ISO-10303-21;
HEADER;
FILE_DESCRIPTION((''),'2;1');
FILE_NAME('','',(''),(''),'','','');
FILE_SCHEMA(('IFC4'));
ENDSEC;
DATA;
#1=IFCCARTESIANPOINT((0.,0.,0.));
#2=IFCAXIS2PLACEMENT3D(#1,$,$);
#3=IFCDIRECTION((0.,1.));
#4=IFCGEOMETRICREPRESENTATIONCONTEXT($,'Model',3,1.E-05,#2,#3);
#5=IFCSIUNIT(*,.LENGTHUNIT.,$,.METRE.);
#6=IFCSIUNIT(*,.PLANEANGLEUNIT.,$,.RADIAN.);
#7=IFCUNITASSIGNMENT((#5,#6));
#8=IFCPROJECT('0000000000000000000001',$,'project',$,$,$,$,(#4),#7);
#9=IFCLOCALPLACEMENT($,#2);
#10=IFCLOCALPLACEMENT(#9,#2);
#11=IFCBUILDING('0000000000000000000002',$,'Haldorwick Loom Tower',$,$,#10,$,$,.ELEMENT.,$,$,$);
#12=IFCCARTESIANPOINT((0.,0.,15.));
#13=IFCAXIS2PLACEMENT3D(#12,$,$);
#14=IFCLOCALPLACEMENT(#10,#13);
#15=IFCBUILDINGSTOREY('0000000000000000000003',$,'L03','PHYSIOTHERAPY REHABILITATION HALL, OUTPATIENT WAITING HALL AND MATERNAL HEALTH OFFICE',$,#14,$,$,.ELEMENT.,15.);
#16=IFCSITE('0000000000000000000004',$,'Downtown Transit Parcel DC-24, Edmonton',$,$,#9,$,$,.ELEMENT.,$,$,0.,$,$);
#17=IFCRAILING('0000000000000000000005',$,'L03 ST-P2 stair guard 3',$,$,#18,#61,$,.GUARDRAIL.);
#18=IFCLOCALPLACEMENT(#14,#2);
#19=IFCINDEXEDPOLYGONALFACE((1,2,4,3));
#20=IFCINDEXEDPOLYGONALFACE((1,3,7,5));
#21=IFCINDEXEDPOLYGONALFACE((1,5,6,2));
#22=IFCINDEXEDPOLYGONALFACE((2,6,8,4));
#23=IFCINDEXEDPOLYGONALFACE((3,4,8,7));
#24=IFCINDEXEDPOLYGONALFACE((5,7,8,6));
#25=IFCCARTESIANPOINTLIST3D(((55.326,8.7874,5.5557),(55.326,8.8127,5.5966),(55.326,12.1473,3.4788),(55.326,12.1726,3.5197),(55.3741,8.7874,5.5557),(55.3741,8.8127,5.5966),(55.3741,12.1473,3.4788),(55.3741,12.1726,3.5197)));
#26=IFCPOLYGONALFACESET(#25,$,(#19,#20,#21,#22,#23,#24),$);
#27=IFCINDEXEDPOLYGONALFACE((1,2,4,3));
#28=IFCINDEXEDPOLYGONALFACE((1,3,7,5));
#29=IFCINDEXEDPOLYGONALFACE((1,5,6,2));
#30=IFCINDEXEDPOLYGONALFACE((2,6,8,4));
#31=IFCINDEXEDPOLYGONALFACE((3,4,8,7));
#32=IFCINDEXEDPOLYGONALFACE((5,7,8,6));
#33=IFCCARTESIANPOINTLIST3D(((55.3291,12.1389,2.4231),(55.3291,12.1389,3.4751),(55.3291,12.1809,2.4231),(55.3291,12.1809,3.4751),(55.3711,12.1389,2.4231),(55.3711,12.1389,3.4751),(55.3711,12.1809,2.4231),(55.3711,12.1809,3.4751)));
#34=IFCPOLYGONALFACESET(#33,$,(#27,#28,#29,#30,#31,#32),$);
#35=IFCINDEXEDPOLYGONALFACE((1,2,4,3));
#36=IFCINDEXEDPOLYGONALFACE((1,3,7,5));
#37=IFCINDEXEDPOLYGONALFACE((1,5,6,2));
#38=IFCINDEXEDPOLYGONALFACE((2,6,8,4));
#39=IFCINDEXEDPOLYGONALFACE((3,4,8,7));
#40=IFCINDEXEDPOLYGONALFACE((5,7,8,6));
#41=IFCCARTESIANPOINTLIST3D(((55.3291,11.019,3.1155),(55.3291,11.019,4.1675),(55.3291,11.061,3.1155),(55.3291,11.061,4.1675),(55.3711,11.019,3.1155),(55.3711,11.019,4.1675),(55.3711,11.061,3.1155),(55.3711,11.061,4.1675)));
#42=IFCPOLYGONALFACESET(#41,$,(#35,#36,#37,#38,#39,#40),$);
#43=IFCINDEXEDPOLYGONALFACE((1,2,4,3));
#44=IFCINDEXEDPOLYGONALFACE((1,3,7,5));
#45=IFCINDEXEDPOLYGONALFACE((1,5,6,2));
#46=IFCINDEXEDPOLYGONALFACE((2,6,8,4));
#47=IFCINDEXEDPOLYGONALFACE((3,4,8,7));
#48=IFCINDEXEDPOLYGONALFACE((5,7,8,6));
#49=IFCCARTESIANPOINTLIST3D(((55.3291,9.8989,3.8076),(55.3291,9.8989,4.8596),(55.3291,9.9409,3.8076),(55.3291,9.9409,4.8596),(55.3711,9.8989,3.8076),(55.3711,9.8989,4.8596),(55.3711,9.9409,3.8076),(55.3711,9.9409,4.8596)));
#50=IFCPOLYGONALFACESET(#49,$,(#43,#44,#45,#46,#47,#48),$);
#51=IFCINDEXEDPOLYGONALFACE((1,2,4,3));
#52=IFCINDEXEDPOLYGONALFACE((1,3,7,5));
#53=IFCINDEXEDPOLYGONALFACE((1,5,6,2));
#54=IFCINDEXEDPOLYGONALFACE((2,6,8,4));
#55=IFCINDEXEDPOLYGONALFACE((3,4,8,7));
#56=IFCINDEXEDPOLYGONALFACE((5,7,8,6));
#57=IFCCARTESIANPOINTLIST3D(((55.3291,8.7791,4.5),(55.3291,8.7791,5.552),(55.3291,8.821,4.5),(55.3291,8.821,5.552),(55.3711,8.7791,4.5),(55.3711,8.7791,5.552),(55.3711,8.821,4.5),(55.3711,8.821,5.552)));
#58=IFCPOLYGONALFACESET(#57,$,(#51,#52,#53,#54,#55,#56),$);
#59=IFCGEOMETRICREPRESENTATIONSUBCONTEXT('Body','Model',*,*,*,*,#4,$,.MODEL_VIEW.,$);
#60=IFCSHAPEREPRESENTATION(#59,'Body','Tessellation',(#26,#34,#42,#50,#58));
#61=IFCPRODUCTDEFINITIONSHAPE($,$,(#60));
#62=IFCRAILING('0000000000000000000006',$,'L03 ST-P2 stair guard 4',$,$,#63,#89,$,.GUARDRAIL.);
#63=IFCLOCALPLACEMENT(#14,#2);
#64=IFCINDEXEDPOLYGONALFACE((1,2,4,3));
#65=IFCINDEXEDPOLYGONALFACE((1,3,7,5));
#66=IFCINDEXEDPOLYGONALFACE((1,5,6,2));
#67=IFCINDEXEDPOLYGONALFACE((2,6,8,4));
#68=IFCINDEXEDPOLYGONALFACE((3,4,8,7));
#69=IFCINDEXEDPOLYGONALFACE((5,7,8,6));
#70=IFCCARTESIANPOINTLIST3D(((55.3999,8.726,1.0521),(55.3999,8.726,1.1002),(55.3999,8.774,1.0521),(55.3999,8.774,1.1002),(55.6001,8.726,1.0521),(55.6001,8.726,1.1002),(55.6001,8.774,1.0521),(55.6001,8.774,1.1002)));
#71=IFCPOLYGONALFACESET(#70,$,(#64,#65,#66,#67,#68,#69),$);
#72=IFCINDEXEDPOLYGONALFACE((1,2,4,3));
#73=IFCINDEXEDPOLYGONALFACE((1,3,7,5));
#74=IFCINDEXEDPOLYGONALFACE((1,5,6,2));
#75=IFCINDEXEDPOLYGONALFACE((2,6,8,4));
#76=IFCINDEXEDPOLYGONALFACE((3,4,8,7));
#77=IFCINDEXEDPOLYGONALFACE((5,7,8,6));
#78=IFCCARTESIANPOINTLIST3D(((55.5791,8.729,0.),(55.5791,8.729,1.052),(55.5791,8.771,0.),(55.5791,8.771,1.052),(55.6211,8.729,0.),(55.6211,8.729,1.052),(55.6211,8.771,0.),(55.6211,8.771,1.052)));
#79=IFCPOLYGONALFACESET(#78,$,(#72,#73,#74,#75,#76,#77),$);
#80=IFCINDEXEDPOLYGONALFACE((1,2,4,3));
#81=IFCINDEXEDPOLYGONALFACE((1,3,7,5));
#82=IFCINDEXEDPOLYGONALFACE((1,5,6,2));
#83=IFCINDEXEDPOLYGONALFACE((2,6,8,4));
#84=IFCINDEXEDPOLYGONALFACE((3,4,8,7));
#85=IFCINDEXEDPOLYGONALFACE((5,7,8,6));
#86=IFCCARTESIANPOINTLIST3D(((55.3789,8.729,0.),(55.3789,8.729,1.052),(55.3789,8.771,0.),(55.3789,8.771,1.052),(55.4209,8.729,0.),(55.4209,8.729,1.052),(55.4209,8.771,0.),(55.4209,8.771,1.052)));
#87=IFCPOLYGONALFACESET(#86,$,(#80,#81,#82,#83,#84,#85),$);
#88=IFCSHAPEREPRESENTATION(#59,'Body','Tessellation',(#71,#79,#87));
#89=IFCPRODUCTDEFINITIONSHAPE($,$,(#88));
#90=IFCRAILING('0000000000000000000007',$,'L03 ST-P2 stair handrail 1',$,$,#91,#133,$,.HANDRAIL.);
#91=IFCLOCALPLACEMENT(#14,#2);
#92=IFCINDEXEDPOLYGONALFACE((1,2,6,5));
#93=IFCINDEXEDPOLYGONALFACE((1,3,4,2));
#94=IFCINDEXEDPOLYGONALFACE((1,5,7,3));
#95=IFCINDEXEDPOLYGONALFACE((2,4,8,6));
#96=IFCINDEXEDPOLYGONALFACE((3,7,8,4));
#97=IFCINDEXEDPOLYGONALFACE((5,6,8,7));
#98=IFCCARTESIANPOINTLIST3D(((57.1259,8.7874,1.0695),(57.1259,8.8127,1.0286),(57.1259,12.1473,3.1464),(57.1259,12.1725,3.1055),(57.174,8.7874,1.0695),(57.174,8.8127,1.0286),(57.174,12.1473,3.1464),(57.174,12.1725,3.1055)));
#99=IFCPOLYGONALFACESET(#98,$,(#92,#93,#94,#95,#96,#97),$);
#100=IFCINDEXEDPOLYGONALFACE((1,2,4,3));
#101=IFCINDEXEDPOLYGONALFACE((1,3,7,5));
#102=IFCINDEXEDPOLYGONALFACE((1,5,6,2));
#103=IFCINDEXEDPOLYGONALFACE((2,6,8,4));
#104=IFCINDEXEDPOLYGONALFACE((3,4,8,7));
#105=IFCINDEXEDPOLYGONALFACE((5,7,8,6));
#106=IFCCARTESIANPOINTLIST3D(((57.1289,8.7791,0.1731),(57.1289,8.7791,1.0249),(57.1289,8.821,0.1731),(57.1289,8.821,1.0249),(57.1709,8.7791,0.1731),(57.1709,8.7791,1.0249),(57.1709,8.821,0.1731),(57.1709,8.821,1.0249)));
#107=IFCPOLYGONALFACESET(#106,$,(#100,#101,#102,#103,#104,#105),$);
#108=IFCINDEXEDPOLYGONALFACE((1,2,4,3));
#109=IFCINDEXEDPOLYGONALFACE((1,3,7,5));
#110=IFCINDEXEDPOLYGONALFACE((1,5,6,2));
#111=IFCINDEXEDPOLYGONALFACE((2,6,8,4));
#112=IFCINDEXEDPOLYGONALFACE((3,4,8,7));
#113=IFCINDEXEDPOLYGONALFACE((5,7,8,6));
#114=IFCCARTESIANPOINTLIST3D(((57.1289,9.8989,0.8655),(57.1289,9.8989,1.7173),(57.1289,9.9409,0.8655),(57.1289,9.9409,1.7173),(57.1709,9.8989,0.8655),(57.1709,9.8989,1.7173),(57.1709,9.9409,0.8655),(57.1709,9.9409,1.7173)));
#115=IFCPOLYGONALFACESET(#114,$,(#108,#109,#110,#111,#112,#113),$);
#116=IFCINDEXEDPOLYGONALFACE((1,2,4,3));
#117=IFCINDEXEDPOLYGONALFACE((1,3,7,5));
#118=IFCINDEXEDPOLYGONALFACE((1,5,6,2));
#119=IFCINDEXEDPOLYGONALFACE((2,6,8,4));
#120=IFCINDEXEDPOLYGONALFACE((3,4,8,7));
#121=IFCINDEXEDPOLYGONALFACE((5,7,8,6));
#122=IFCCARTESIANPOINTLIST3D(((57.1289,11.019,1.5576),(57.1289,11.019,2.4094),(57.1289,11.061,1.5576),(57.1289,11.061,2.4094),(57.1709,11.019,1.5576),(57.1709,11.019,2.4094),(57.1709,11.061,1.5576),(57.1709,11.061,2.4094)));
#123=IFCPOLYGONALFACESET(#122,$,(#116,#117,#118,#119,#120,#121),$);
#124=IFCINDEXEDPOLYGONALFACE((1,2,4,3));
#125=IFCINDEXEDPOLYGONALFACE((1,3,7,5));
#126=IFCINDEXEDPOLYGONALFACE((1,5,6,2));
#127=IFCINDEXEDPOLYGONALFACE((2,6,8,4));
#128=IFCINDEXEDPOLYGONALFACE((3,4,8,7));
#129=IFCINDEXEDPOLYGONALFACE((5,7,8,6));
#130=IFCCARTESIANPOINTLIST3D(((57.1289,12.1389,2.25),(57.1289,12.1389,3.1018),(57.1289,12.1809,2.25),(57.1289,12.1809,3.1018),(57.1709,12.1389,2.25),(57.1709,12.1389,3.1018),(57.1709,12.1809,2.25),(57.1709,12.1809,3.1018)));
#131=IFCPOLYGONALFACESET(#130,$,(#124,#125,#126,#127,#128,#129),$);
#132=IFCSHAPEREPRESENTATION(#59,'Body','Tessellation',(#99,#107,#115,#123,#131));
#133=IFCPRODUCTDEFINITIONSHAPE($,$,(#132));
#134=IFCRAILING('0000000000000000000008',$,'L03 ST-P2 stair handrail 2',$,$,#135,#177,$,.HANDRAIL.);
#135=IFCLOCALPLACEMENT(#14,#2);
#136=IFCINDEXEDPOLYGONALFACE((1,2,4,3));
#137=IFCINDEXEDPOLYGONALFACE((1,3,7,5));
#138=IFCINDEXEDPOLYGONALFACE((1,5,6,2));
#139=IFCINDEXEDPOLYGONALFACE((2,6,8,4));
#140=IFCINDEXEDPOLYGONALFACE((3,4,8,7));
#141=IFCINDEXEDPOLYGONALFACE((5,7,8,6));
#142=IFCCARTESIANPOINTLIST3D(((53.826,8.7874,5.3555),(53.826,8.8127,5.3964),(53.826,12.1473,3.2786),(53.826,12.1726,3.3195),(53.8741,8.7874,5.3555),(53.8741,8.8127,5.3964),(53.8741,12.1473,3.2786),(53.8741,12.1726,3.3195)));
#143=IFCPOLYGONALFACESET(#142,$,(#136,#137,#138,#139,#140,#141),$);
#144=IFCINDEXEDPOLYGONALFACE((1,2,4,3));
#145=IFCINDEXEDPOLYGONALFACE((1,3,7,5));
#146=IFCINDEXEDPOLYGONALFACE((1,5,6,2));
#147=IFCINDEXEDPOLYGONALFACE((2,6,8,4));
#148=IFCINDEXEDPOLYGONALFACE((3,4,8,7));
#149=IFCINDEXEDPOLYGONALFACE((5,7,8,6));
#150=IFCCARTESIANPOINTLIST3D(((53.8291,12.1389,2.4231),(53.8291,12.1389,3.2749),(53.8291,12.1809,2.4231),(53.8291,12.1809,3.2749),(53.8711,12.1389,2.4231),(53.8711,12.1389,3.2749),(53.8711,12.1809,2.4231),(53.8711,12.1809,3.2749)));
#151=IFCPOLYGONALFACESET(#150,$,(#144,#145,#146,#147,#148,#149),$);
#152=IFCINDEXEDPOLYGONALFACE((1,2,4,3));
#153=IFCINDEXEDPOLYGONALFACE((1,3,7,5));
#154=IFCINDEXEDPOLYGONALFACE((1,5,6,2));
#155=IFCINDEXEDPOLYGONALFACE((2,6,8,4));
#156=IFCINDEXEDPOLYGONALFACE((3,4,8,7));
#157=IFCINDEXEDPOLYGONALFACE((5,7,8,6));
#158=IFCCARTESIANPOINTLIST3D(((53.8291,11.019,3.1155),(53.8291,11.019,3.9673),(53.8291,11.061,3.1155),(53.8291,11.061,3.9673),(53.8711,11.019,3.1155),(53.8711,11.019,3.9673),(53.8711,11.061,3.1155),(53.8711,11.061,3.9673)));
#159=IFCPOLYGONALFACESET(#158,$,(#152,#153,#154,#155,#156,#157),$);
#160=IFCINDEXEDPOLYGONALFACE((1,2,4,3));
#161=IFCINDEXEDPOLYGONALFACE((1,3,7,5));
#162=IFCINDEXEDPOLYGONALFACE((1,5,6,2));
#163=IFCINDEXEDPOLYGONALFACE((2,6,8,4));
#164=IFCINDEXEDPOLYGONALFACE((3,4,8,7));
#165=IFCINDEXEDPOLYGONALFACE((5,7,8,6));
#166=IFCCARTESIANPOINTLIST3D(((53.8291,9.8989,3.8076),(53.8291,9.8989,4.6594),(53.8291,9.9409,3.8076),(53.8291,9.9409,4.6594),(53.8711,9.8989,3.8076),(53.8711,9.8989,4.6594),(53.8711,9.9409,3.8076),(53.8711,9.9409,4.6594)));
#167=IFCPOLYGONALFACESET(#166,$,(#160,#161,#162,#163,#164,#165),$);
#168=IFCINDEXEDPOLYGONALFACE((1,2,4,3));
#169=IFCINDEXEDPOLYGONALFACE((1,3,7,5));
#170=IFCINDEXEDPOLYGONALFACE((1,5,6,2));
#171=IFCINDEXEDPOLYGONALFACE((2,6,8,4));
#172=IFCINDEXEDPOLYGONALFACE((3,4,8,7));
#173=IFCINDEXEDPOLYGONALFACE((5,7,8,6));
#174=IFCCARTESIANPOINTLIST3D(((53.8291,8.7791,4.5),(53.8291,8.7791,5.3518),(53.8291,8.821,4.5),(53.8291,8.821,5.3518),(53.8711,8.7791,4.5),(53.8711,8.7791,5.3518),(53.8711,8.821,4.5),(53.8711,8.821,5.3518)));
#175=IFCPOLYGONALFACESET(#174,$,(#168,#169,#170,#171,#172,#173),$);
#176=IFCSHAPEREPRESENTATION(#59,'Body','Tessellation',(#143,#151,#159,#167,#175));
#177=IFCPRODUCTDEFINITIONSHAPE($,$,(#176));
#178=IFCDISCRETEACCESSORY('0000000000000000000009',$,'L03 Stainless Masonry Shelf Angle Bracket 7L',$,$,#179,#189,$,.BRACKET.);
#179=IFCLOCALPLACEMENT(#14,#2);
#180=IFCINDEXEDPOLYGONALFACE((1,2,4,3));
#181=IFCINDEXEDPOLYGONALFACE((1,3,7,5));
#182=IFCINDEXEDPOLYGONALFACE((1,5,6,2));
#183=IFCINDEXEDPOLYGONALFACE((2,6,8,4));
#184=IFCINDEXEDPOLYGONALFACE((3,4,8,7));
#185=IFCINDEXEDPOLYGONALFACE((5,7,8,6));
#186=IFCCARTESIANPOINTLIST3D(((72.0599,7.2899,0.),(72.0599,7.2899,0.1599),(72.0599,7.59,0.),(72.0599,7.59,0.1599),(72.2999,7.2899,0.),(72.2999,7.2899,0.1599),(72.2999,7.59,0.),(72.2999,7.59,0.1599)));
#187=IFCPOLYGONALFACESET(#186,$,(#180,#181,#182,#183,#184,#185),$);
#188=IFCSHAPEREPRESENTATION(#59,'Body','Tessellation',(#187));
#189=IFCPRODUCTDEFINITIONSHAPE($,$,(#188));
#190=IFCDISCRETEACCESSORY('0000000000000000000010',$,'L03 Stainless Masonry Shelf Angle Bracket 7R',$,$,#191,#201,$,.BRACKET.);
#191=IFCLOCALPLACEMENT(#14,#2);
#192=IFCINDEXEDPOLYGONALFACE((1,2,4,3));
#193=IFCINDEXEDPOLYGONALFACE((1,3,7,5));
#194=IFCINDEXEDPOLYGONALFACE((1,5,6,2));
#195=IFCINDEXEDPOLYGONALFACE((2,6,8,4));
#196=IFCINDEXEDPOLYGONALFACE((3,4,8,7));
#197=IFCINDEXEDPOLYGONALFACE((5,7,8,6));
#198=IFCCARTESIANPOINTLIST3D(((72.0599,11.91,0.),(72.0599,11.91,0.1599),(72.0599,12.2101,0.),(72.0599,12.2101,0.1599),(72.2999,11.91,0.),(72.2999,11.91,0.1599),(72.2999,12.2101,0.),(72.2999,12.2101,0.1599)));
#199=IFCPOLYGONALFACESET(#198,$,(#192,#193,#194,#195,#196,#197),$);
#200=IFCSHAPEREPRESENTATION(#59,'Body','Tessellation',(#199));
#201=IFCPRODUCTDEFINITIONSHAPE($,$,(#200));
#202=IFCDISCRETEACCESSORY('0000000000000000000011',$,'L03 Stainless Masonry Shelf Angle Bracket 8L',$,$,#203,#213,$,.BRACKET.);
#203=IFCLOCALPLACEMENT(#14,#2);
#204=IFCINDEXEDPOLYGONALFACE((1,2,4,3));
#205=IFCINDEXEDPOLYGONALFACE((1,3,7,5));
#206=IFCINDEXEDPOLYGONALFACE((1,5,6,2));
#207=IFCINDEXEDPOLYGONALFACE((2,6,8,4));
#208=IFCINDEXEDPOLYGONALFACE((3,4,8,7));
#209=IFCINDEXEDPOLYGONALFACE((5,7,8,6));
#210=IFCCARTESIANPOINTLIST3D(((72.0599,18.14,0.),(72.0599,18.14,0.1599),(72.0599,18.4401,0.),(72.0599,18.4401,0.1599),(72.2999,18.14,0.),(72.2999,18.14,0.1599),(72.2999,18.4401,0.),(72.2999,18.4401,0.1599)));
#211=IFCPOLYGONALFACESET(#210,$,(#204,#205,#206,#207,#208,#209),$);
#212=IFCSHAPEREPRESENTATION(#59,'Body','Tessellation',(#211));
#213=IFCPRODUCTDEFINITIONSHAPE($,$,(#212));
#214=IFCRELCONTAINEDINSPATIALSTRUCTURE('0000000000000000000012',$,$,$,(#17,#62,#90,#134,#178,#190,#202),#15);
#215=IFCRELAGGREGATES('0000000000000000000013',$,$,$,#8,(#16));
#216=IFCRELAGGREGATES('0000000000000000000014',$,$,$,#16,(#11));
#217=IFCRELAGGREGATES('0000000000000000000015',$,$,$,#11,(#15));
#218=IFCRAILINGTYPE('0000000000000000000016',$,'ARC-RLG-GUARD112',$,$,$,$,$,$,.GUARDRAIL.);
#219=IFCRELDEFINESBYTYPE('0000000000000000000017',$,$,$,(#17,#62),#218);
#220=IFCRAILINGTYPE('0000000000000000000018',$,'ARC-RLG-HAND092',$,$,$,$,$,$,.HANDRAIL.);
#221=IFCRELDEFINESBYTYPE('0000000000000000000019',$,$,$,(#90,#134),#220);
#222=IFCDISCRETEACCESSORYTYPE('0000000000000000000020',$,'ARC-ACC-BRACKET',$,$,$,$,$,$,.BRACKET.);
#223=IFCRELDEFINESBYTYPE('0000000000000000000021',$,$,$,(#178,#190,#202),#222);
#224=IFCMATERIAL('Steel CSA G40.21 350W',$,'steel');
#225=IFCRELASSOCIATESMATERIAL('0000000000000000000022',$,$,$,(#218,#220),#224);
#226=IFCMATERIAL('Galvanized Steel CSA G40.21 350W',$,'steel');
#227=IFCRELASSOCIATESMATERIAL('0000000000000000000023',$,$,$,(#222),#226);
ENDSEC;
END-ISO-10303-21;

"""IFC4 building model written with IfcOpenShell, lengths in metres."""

from ifc_helpers import new_model, si_unit, direction, frame, origin, origin_2d, place, context, subcontext, project, spatial, rectangle, extrude, material, type_object, element, save


model = new_model("IFC4")

# Units and contexts
model_context = context("Model", 3, precision=1e-05, world=origin(), true_north=direction((0.0, 1.0)))
body_context = subcontext(model_context, "Body", "Model", "MODEL_VIEW")
ifc_project = project(units=[si_unit("LENGTHUNIT", "METRE"), si_unit("PLANEANGLEUNIT", "RADIAN")], contexts=[model_context])

# Site, building, storey
site_placement = place(None, origin())
site = spatial("IfcSite", under=ifc_project, at=site_placement, Name="Downtown Transit Parcel DC-24, Edmonton", CompositionType="ELEMENT", RefElevation=0.0)
building_placement = place(site_placement, origin())
building = spatial("IfcBuilding", under=site, at=building_placement, Name="Haldorwick Loom Tower", CompositionType="ELEMENT")
storey_placement = place(building_placement, frame((0.0, 0.0, 15.0)))
storey = spatial("IfcBuildingStorey", under=building, at=storey_placement, Name="L03", Description="PHYSIOTHERAPY REHABILITATION HALL, OUTPATIENT WAITING HALL AND MATERNAL HEALTH OFFICE", CompositionType="ELEMENT", Elevation=15.0)

# Shared definitions
ifc_material_1 = material(Name="Steel CSA G40.21 350W", Category="steel")

# Railings
railing_type_1 = type_object("IfcRailingType", Name="ARC-RLG-GUARD112", PredefinedType="GUARDRAIL", material=ifc_material_1)
railing_1_placement = place(storey_placement, frame((55.3501, 12.1599, 2.4231)))
element("IfcRailing", 1, at=railing_1_placement, inside=storey, type_object=railing_type_1, Name="L03 ST-P2 stair guard 3", PredefinedType="GUARDRAIL", context=body_context, shape_type="SweptSolid", body=[
    extrude(rectangle(XDim=0.0481, YDim=0.0481, at=origin_2d()), frame((0.0, 0.0, 1.0762), z_axis=(0.0, -0.850606, 0.525803), x_axis=(1.0, 0.0, 0.0)), (0.0, 0.0, 1.0), 3.95),
    extrude(rectangle(XDim=0.042, YDim=0.042, at=origin_2d()), origin(), (0.0, 0.0, 1.0), 1.052),
    extrude(rectangle(XDim=0.042, YDim=0.042, at=origin_2d()), frame((0.0, -1.1199, 0.6924)), (0.0, 0.0, 1.0), 1.052),
    extrude(rectangle(XDim=0.042, YDim=0.042, at=origin_2d()), frame((0.0, -2.24, 1.3845)), (0.0, 0.0, 1.0), 1.052),
    extrude(rectangle(XDim=0.042, YDim=0.042, at=origin_2d()), frame((0.0, -3.3599, 2.0769)), (0.0, 0.0, 1.0), 1.052),
])
railing_2_placement = place(storey_placement, frame((55.6001, 8.75, 0.0)))
element("IfcRailing", 2, at=railing_2_placement, inside=storey, type_object=railing_type_1, Name="L03 ST-P2 stair guard 4", PredefinedType="GUARDRAIL", context=body_context, shape_type="SweptSolid", body=[
    extrude(rectangle(XDim=0.0481, YDim=0.0481, at=origin_2d()), frame((0.0, 0.0, 1.0762), z_axis=(-1.0, 0.0, 0.0), x_axis=(0.0, -1.0, 0.0)), (0.0, 0.0, 1.0), 0.2002),
    extrude(rectangle(XDim=0.042, YDim=0.042, at=origin_2d()), origin(), (0.0, 0.0, 1.0), 1.052),
    extrude(rectangle(XDim=0.042, YDim=0.042, at=origin_2d()), frame((-0.2002, 0.0, 0.0)), (0.0, 0.0, 1.0), 1.052),
])
railing_type_2 = type_object("IfcRailingType", Name="ARC-RLG-HAND092", PredefinedType="HANDRAIL", material=ifc_material_1)
railing_3_placement = place(storey_placement, frame((57.1499, 8.8, 0.1731)))
element("IfcRailing", 3, at=railing_3_placement, inside=storey, type_object=railing_type_2, Name="L03 ST-P2 stair handrail 1", PredefinedType="HANDRAIL", context=body_context, shape_type="SweptSolid", body=[
    extrude(rectangle(XDim=0.0481, YDim=0.0481, at=origin_2d()), frame((0.0, 0.0, 0.876), z_axis=(0.0, 0.850606, 0.525803), x_axis=(-1.0, 0.0, 0.0)), (0.0, 0.0, 1.0), 3.95),
    extrude(rectangle(XDim=0.042, YDim=0.042, at=origin_2d()), origin(), (0.0, 0.0, 1.0), 0.8518),
    extrude(rectangle(XDim=0.042, YDim=0.042, at=origin_2d()), frame((0.0, 1.1199, 0.6924)), (0.0, 0.0, 1.0), 0.8518),
    extrude(rectangle(XDim=0.042, YDim=0.042, at=origin_2d()), frame((0.0, 2.24, 1.3845)), (0.0, 0.0, 1.0), 0.8518),
    extrude(rectangle(XDim=0.042, YDim=0.042, at=origin_2d()), frame((0.0, 3.3599, 2.0769)), (0.0, 0.0, 1.0), 0.8518),
])
railing_4_placement = place(storey_placement, frame((53.8501, 12.1599, 2.4231)))
element("IfcRailing", 4, at=railing_4_placement, inside=storey, type_object=railing_type_2, Name="L03 ST-P2 stair handrail 2", PredefinedType="HANDRAIL", context=body_context, shape_type="SweptSolid", body=[
    extrude(rectangle(XDim=0.0481, YDim=0.0481, at=origin_2d()), frame((0.0, 0.0, 0.876), z_axis=(0.0, -0.850606, 0.525803), x_axis=(1.0, 0.0, 0.0)), (0.0, 0.0, 1.0), 3.95),
    extrude(rectangle(XDim=0.042, YDim=0.042, at=origin_2d()), origin(), (0.0, 0.0, 1.0), 0.8518),
    extrude(rectangle(XDim=0.042, YDim=0.042, at=origin_2d()), frame((0.0, -1.1199, 0.6924)), (0.0, 0.0, 1.0), 0.8518),
    extrude(rectangle(XDim=0.042, YDim=0.042, at=origin_2d()), frame((0.0, -2.24, 1.3845)), (0.0, 0.0, 1.0), 0.8518),
    extrude(rectangle(XDim=0.042, YDim=0.042, at=origin_2d()), frame((0.0, -3.3599, 2.0769)), (0.0, 0.0, 1.0), 0.8518),
])

# Discrete accessories
ifc_material_2 = material(Name="Galvanized Steel CSA G40.21 350W", Category="steel")
discrete_accessory_type = type_object("IfcDiscreteAccessoryType", Name="ARC-ACC-BRACKET", PredefinedType="BRACKET", material=ifc_material_2)
for number, where, z_axis, x_axis, name in (
    (5, (72.1799, 7.4399, 0.0), (0.0, 0.0, 1.0), (0.0, 1.0, 0.0), "L03 Stainless Masonry Shelf Angle Bracket 7L"),
    (6, (72.1799, 12.0601, 0.0), (0.0, 0.0, 1.0), (0.0, 1.0, 0.0), "L03 Stainless Masonry Shelf Angle Bracket 7R"),
    (7, (72.1799, 18.29, 0.0), (0.0, 0.0, 1.0), (0.0, 1.0, 0.0), "L03 Stainless Masonry Shelf Angle Bracket 8L"),
):
    element("IfcDiscreteAccessory", number, at=place(storey_placement, frame(where, z_axis=z_axis, x_axis=x_axis)), inside=storey, type_object=discrete_accessory_type, Name=name, PredefinedType="BRACKET", context=body_context, shape_type="SweptSolid", body=[
        extrude(rectangle(XDim=0.3, YDim=0.24, at=origin_2d()), origin(), (0.0, 0.0, 1.0), 0.1599),
    ])

save(model, "model.ifc")
